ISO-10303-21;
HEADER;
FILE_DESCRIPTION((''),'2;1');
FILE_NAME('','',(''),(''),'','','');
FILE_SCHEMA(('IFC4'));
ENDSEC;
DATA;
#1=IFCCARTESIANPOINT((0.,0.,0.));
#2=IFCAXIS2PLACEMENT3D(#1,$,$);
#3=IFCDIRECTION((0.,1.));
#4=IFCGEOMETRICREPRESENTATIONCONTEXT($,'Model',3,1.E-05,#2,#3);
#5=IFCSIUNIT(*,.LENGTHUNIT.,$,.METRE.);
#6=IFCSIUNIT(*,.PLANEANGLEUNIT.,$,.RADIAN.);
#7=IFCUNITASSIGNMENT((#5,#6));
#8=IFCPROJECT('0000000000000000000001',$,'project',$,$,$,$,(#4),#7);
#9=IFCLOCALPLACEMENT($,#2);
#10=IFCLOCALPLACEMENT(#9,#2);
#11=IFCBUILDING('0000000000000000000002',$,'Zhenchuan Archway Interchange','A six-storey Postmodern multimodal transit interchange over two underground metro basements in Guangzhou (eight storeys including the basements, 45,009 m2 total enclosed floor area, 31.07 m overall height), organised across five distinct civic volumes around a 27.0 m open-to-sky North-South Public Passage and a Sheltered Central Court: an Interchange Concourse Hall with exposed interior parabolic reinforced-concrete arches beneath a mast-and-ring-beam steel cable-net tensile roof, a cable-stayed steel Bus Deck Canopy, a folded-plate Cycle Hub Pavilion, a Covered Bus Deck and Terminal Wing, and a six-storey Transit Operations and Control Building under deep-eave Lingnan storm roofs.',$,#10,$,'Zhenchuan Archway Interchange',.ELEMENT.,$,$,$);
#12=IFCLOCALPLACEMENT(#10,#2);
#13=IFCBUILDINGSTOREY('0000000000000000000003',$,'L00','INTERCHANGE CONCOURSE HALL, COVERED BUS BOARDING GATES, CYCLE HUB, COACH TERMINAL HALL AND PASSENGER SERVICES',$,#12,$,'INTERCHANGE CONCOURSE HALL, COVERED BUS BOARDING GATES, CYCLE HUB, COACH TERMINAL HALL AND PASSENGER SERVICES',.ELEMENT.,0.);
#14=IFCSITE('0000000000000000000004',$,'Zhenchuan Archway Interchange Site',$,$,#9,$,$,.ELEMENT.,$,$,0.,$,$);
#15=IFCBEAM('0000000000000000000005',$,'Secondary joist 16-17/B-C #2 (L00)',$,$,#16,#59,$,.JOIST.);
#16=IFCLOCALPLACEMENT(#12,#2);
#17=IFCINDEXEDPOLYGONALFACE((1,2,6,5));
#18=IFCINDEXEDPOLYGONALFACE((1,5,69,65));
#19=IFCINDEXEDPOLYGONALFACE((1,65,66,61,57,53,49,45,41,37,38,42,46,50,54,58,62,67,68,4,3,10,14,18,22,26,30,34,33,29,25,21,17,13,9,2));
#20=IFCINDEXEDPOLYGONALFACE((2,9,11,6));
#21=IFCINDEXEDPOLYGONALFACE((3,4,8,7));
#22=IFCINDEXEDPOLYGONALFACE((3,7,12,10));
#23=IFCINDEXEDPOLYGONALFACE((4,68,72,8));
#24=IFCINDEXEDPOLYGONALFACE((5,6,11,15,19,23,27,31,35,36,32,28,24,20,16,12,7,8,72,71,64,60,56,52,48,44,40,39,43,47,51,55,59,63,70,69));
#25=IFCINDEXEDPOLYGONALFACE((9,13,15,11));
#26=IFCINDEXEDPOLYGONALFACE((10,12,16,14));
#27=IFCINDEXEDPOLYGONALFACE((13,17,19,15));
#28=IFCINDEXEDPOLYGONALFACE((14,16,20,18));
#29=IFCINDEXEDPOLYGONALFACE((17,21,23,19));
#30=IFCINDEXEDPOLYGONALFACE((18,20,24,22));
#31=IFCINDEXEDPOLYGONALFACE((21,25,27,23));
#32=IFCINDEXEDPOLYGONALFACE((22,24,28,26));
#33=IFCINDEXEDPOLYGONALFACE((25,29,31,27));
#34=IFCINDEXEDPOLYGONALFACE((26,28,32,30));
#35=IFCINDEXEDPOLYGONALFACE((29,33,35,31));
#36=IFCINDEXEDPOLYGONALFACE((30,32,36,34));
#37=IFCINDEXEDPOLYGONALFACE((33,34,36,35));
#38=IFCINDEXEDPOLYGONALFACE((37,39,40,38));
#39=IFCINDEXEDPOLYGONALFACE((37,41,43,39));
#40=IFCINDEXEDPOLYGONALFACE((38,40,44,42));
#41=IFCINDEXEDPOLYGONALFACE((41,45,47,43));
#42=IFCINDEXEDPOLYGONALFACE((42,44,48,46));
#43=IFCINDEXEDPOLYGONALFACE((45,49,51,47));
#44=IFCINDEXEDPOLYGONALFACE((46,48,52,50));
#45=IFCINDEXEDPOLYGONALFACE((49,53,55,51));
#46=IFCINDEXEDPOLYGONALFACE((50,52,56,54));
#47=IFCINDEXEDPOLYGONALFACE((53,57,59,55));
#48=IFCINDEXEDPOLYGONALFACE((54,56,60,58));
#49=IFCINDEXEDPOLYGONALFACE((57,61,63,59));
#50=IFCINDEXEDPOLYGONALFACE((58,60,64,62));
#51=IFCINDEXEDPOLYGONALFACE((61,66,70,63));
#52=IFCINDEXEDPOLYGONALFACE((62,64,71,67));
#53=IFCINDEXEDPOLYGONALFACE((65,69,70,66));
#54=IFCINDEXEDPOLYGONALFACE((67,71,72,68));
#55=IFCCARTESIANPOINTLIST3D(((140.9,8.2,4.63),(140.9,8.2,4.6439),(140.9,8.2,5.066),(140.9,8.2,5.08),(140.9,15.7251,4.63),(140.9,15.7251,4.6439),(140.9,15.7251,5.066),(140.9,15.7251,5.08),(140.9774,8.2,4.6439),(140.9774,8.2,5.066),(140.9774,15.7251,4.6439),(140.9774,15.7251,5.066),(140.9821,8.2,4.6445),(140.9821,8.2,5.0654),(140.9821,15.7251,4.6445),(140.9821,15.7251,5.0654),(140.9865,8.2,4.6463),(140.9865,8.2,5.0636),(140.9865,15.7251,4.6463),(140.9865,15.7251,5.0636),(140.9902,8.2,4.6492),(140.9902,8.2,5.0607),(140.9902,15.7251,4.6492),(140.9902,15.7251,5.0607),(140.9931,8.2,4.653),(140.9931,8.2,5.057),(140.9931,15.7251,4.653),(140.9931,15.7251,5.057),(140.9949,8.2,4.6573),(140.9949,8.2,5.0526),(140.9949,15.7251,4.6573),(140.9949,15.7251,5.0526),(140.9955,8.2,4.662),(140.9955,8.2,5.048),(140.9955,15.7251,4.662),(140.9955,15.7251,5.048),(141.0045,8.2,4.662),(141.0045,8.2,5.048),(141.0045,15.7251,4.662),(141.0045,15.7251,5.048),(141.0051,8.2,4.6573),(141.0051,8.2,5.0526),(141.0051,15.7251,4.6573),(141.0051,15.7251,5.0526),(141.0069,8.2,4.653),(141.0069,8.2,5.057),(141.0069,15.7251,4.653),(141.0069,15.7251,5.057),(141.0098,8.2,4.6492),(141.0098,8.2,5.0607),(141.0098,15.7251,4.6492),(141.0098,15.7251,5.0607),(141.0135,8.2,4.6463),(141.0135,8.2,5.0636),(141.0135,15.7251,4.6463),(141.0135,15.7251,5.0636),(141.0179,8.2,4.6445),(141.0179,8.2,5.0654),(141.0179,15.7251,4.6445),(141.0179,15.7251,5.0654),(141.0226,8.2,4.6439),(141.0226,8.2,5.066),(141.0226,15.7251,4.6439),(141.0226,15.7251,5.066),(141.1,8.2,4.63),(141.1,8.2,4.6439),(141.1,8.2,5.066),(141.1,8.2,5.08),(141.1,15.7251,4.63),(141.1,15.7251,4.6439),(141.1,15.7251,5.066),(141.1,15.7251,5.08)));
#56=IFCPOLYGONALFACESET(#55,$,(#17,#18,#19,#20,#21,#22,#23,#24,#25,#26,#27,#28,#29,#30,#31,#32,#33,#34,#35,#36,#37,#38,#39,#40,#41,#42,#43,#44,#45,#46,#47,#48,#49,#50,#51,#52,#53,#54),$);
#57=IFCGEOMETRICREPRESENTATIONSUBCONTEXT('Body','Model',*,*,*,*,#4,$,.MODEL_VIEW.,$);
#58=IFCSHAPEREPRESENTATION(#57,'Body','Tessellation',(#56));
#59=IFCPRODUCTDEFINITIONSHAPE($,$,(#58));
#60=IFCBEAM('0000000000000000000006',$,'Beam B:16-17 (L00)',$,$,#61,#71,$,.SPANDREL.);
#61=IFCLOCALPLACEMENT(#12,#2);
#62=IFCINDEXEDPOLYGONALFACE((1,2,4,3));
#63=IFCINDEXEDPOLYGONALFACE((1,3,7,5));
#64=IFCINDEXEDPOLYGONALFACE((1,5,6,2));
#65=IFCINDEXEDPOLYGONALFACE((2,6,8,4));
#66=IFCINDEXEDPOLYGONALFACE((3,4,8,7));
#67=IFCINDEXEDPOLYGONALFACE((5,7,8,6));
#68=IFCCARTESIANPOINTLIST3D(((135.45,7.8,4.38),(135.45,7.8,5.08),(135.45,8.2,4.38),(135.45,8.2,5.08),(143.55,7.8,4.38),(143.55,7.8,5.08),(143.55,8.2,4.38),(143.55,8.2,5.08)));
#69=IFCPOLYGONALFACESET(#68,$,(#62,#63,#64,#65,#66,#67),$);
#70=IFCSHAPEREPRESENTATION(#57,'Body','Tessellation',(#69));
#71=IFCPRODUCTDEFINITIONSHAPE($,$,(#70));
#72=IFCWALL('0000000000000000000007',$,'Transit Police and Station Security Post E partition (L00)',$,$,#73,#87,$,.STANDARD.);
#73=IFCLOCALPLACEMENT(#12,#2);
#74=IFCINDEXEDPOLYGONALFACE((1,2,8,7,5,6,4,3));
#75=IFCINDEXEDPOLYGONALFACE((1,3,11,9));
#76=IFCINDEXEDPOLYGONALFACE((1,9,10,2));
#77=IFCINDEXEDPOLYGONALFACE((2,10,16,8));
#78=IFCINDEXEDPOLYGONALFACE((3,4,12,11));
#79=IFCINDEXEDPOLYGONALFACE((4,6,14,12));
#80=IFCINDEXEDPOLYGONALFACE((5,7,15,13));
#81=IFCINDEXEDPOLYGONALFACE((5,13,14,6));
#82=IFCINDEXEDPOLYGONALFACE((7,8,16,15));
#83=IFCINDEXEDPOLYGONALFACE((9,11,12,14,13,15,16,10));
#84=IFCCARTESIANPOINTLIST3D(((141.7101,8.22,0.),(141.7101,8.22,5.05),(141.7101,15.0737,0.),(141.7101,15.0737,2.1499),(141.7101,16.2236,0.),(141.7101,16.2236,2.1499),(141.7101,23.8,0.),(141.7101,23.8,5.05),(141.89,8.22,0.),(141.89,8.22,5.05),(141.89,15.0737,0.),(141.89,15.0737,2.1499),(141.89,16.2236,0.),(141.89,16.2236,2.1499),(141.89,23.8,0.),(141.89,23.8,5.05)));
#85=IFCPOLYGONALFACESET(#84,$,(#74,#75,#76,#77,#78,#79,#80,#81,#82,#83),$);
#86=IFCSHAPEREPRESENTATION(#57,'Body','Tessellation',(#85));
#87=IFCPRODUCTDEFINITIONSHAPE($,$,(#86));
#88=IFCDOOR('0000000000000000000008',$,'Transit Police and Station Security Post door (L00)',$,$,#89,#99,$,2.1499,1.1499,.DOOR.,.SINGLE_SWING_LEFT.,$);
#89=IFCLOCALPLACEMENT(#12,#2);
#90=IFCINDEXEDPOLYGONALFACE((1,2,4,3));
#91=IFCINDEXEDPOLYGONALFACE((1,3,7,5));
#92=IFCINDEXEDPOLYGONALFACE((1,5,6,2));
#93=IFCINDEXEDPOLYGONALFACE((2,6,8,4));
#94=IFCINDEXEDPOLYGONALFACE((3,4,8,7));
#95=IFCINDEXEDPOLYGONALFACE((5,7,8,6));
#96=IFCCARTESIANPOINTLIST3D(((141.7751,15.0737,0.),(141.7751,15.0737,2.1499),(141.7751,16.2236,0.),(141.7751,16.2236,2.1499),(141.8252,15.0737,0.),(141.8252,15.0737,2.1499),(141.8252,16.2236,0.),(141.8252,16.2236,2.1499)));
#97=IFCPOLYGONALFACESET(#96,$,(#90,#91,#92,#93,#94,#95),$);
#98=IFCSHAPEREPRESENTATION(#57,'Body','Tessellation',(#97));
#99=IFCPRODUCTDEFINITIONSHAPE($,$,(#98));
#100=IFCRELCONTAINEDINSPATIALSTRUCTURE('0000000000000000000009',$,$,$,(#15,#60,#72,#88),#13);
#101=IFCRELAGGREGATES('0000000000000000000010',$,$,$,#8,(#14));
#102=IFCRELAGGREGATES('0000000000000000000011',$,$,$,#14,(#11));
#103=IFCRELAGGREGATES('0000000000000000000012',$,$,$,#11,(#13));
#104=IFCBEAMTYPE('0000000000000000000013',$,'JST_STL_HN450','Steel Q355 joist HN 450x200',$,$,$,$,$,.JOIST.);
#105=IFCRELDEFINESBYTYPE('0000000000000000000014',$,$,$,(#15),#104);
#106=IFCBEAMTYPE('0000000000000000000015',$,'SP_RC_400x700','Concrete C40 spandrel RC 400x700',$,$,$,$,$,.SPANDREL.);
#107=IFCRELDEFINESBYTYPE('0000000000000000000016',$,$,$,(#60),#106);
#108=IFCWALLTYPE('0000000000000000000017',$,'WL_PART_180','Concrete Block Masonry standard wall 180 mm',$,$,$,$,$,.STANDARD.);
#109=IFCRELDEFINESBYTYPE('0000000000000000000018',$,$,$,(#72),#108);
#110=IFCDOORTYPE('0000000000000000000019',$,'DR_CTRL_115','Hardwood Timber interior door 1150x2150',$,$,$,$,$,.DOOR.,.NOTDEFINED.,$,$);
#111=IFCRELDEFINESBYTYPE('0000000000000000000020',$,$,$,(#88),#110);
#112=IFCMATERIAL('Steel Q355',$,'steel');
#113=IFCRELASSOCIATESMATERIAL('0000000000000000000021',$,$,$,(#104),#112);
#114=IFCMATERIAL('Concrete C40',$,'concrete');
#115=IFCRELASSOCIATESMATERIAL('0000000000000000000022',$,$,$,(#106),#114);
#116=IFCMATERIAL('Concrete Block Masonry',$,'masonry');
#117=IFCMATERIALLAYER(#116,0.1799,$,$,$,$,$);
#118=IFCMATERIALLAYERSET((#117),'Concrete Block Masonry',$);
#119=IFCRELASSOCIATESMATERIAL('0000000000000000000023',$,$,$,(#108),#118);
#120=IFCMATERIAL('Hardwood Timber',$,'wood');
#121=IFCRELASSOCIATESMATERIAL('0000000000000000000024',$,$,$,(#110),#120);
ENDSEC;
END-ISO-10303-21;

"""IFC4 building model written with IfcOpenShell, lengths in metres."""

from ifc_helpers import new_model, si_unit, direction, frame, frame_2d, origin, origin_2d, place, context, subcontext, project, spatial, rectangle, i_section, extrude, material, layer, layer_set, material_profile, profile_set, type_object, element, fill, save


model = new_model("IFC4")

# Units and contexts
model_context = context("Model", 3, precision=1e-05, world=origin(), true_north=direction((0.0, 1.0)))
body_context = subcontext(model_context, "Body", "Model", "MODEL_VIEW")
ifc_project = project(units=[si_unit("LENGTHUNIT", "METRE"), si_unit("PLANEANGLEUNIT", "RADIAN")], contexts=[model_context])

# Site, building, storey
site_placement = place(None, origin())
site = spatial("IfcSite", under=ifc_project, at=site_placement, Name="Zhenchuan Archway Interchange Site", CompositionType="ELEMENT", RefElevation=0.0)
building_placement = place(site_placement, origin())
building = spatial("IfcBuilding", under=site, at=building_placement, Name="Zhenchuan Archway Interchange", Description="A six-storey Postmodern multimodal transit interchange over two underground metro basements in Guangzhou (eight storeys including the basements, 45,009 m2 total enclosed floor area, 31.07 m overall height), organised across five distinct civic volumes around a 27.0 m open-to-sky North-South Public Passage and a Sheltered Central Court: an Interchange Concourse Hall with exposed interior parabolic reinforced-concrete arches beneath a mast-and-ring-beam steel cable-net tensile roof, a cable-stayed steel Bus Deck Canopy, a folded-plate Cycle Hub Pavilion, a Covered Bus Deck and Terminal Wing, and a six-storey Transit Operations and Control Building under deep-eave Lingnan storm roofs.", LongName="Zhenchuan Archway Interchange", CompositionType="ELEMENT")
storey_placement = place(building_placement, origin())
storey = spatial("IfcBuildingStorey", under=building, at=storey_placement, Name="L00", Description="INTERCHANGE CONCOURSE HALL, COVERED BUS BOARDING GATES, CYCLE HUB, COACH TERMINAL HALL AND PASSENGER SERVICES", LongName="INTERCHANGE CONCOURSE HALL, COVERED BUS BOARDING GATES, CYCLE HUB, COACH TERMINAL HALL AND PASSENGER SERVICES", CompositionType="ELEMENT", Elevation=0.0)

# Shared definitions
ifc_material_1 = material(Name="Concrete C40", Category="concrete")

# Beams
ifc_material_2 = material(Name="Steel Q355", Category="steel")
ifc_material_profile_1 = material_profile(ifc_material_2, i_section(OverallWidth=0.2, OverallDepth=0.45, WebThickness=0.009, FlangeThickness=0.0139, FilletRadius=0.0181, at=origin_2d()), Name="HN 450x200")
ifc_profile_set_1 = profile_set([ifc_material_profile_1], Name="Steel Q355")
beam_type_1 = type_object("IfcBeamType", Name="JST_STL_HN450", Description="Steel Q355 joist HN 450x200", PredefinedType="JOIST", material=ifc_profile_set_1)
for number, where, z_axis, x_axis, name in (
    (1, (141.0, 8.2, 4.855), (0.0, 1.0, 0.0), (-1.0, 0.0, 0.0), "Secondary joist 16-17/B-C #2 (L00)"),
):
    element("IfcBeam", number, at=place(storey_placement, frame(where, z_axis=z_axis, x_axis=x_axis)), inside=storey, type_object=beam_type_1, Name=name, PredefinedType="JOIST", context=body_context, shape_type="SweptSolid", body=[
        extrude(i_section(OverallWidth=0.2, OverallDepth=0.45, WebThickness=0.009, FlangeThickness=0.0139, FilletRadius=0.0181, at=origin_2d()), origin(), (0.0, 0.0, 1.0), 7.5251),
    ])
ifc_material_profile_2 = material_profile(ifc_material_1, rectangle(XDim=0.3999, YDim=0.7, at=origin_2d()), Name="RC 400x700")
ifc_profile_set_2 = profile_set([ifc_material_profile_2], Name="Concrete C40")
beam_type_2 = type_object("IfcBeamType", Name="SP_RC_400x700", Description="Concrete C40 spandrel RC 400x700", PredefinedType="SPANDREL", material=ifc_profile_set_2)
beam_1_placement = place(storey_placement, frame((135.45, 8.0, 4.73), z_axis=(1.0, 0.0, 0.0), x_axis=(0.0, 1.0, 0.0)))
element("IfcBeam", 2, at=beam_1_placement, inside=storey, type_object=beam_type_2, Name="Beam B:16-17 (L00)", PredefinedType="SPANDREL", context=body_context, shape_type="SweptSolid", body=[
    extrude(rectangle(XDim=0.3999, YDim=0.7, at=origin_2d()), origin(), (0.0, 0.0, 1.0), 8.1001),
])

# Wall, opening, door
ifc_material_3 = material(Name="Concrete Block Masonry", Category="masonry")
ifc_layer_1 = layer(ifc_material_3, 0.1799)
ifc_layer_set_1 = layer_set([ifc_layer_1], Name="Concrete Block Masonry")
wall_type_1 = type_object("IfcWallType", Name="WL_PART_180", Description="Concrete Block Masonry standard wall 180 mm", PredefinedType="STANDARD", material=ifc_layer_set_1)
wall_1_placement = place(storey_placement, frame((141.8, 8.22, 0.0), z_axis=(0.0, 0.0, 1.0), x_axis=(0.0, 1.0, 0.0)))
wall_1 = element("IfcWall", 3, at=wall_1_placement, inside=storey, type_object=wall_type_1, Name="Transit Police and Station Security Post E partition (L00)", PredefinedType="STANDARD", context=body_context, shape_type="SweptSolid", body=[
    extrude(rectangle(XDim=15.5801, YDim=0.1799, at=frame_2d((7.79, 0.0))), origin(), (0.0, 0.0, 1.0), 5.05),
])
opening_1_placement = place(wall_1_placement, frame((6.8538, 0.0, 0.0)))
opening_1 = element("IfcOpeningElement", 4, at=opening_1_placement, cuts=wall_1, PredefinedType="OPENING", context=body_context, shape_type="SweptSolid", body=[
    extrude(rectangle(XDim=1.1499, YDim=2.1499, at=frame_2d((0.575, 1.075))), frame((0.0, 0.1021, 0.0), z_axis=(0.0, -1.0, 0.0), x_axis=(1.0, 0.0, 0.0)), (0.0, 0.0, 1.0), 0.2039),
])
ifc_material_4 = material(Name="Hardwood Timber", Category="wood")
door_type_1 = type_object("IfcDoorType", Name="DR_CTRL_115", Description="Hardwood Timber interior door 1150x2150", OperationType="NOTDEFINED", PredefinedType="DOOR", material=ifc_material_4)
door_1_placement = place(opening_1_placement, origin())
door_1 = element("IfcDoor", 5, at=door_1_placement, inside=storey, type_object=door_type_1, Name="Transit Police and Station Security Post door (L00)", OperationType="SINGLE_SWING_LEFT", OverallHeight=2.1499, OverallWidth=1.1499, PredefinedType="DOOR", context=body_context, shape_type="SweptSolid", body=[
    extrude(rectangle(XDim=1.1499, YDim=2.1499, at=frame_2d((0.575, 1.075))), frame((0.0, 0.0249, 0.0), z_axis=(0.0, -1.0, 0.0), x_axis=(1.0, 0.0, 0.0)), (0.0, 0.0, 1.0), 0.05),
])
fill(opening_1, door_1)

save(model, "model.ifc")
